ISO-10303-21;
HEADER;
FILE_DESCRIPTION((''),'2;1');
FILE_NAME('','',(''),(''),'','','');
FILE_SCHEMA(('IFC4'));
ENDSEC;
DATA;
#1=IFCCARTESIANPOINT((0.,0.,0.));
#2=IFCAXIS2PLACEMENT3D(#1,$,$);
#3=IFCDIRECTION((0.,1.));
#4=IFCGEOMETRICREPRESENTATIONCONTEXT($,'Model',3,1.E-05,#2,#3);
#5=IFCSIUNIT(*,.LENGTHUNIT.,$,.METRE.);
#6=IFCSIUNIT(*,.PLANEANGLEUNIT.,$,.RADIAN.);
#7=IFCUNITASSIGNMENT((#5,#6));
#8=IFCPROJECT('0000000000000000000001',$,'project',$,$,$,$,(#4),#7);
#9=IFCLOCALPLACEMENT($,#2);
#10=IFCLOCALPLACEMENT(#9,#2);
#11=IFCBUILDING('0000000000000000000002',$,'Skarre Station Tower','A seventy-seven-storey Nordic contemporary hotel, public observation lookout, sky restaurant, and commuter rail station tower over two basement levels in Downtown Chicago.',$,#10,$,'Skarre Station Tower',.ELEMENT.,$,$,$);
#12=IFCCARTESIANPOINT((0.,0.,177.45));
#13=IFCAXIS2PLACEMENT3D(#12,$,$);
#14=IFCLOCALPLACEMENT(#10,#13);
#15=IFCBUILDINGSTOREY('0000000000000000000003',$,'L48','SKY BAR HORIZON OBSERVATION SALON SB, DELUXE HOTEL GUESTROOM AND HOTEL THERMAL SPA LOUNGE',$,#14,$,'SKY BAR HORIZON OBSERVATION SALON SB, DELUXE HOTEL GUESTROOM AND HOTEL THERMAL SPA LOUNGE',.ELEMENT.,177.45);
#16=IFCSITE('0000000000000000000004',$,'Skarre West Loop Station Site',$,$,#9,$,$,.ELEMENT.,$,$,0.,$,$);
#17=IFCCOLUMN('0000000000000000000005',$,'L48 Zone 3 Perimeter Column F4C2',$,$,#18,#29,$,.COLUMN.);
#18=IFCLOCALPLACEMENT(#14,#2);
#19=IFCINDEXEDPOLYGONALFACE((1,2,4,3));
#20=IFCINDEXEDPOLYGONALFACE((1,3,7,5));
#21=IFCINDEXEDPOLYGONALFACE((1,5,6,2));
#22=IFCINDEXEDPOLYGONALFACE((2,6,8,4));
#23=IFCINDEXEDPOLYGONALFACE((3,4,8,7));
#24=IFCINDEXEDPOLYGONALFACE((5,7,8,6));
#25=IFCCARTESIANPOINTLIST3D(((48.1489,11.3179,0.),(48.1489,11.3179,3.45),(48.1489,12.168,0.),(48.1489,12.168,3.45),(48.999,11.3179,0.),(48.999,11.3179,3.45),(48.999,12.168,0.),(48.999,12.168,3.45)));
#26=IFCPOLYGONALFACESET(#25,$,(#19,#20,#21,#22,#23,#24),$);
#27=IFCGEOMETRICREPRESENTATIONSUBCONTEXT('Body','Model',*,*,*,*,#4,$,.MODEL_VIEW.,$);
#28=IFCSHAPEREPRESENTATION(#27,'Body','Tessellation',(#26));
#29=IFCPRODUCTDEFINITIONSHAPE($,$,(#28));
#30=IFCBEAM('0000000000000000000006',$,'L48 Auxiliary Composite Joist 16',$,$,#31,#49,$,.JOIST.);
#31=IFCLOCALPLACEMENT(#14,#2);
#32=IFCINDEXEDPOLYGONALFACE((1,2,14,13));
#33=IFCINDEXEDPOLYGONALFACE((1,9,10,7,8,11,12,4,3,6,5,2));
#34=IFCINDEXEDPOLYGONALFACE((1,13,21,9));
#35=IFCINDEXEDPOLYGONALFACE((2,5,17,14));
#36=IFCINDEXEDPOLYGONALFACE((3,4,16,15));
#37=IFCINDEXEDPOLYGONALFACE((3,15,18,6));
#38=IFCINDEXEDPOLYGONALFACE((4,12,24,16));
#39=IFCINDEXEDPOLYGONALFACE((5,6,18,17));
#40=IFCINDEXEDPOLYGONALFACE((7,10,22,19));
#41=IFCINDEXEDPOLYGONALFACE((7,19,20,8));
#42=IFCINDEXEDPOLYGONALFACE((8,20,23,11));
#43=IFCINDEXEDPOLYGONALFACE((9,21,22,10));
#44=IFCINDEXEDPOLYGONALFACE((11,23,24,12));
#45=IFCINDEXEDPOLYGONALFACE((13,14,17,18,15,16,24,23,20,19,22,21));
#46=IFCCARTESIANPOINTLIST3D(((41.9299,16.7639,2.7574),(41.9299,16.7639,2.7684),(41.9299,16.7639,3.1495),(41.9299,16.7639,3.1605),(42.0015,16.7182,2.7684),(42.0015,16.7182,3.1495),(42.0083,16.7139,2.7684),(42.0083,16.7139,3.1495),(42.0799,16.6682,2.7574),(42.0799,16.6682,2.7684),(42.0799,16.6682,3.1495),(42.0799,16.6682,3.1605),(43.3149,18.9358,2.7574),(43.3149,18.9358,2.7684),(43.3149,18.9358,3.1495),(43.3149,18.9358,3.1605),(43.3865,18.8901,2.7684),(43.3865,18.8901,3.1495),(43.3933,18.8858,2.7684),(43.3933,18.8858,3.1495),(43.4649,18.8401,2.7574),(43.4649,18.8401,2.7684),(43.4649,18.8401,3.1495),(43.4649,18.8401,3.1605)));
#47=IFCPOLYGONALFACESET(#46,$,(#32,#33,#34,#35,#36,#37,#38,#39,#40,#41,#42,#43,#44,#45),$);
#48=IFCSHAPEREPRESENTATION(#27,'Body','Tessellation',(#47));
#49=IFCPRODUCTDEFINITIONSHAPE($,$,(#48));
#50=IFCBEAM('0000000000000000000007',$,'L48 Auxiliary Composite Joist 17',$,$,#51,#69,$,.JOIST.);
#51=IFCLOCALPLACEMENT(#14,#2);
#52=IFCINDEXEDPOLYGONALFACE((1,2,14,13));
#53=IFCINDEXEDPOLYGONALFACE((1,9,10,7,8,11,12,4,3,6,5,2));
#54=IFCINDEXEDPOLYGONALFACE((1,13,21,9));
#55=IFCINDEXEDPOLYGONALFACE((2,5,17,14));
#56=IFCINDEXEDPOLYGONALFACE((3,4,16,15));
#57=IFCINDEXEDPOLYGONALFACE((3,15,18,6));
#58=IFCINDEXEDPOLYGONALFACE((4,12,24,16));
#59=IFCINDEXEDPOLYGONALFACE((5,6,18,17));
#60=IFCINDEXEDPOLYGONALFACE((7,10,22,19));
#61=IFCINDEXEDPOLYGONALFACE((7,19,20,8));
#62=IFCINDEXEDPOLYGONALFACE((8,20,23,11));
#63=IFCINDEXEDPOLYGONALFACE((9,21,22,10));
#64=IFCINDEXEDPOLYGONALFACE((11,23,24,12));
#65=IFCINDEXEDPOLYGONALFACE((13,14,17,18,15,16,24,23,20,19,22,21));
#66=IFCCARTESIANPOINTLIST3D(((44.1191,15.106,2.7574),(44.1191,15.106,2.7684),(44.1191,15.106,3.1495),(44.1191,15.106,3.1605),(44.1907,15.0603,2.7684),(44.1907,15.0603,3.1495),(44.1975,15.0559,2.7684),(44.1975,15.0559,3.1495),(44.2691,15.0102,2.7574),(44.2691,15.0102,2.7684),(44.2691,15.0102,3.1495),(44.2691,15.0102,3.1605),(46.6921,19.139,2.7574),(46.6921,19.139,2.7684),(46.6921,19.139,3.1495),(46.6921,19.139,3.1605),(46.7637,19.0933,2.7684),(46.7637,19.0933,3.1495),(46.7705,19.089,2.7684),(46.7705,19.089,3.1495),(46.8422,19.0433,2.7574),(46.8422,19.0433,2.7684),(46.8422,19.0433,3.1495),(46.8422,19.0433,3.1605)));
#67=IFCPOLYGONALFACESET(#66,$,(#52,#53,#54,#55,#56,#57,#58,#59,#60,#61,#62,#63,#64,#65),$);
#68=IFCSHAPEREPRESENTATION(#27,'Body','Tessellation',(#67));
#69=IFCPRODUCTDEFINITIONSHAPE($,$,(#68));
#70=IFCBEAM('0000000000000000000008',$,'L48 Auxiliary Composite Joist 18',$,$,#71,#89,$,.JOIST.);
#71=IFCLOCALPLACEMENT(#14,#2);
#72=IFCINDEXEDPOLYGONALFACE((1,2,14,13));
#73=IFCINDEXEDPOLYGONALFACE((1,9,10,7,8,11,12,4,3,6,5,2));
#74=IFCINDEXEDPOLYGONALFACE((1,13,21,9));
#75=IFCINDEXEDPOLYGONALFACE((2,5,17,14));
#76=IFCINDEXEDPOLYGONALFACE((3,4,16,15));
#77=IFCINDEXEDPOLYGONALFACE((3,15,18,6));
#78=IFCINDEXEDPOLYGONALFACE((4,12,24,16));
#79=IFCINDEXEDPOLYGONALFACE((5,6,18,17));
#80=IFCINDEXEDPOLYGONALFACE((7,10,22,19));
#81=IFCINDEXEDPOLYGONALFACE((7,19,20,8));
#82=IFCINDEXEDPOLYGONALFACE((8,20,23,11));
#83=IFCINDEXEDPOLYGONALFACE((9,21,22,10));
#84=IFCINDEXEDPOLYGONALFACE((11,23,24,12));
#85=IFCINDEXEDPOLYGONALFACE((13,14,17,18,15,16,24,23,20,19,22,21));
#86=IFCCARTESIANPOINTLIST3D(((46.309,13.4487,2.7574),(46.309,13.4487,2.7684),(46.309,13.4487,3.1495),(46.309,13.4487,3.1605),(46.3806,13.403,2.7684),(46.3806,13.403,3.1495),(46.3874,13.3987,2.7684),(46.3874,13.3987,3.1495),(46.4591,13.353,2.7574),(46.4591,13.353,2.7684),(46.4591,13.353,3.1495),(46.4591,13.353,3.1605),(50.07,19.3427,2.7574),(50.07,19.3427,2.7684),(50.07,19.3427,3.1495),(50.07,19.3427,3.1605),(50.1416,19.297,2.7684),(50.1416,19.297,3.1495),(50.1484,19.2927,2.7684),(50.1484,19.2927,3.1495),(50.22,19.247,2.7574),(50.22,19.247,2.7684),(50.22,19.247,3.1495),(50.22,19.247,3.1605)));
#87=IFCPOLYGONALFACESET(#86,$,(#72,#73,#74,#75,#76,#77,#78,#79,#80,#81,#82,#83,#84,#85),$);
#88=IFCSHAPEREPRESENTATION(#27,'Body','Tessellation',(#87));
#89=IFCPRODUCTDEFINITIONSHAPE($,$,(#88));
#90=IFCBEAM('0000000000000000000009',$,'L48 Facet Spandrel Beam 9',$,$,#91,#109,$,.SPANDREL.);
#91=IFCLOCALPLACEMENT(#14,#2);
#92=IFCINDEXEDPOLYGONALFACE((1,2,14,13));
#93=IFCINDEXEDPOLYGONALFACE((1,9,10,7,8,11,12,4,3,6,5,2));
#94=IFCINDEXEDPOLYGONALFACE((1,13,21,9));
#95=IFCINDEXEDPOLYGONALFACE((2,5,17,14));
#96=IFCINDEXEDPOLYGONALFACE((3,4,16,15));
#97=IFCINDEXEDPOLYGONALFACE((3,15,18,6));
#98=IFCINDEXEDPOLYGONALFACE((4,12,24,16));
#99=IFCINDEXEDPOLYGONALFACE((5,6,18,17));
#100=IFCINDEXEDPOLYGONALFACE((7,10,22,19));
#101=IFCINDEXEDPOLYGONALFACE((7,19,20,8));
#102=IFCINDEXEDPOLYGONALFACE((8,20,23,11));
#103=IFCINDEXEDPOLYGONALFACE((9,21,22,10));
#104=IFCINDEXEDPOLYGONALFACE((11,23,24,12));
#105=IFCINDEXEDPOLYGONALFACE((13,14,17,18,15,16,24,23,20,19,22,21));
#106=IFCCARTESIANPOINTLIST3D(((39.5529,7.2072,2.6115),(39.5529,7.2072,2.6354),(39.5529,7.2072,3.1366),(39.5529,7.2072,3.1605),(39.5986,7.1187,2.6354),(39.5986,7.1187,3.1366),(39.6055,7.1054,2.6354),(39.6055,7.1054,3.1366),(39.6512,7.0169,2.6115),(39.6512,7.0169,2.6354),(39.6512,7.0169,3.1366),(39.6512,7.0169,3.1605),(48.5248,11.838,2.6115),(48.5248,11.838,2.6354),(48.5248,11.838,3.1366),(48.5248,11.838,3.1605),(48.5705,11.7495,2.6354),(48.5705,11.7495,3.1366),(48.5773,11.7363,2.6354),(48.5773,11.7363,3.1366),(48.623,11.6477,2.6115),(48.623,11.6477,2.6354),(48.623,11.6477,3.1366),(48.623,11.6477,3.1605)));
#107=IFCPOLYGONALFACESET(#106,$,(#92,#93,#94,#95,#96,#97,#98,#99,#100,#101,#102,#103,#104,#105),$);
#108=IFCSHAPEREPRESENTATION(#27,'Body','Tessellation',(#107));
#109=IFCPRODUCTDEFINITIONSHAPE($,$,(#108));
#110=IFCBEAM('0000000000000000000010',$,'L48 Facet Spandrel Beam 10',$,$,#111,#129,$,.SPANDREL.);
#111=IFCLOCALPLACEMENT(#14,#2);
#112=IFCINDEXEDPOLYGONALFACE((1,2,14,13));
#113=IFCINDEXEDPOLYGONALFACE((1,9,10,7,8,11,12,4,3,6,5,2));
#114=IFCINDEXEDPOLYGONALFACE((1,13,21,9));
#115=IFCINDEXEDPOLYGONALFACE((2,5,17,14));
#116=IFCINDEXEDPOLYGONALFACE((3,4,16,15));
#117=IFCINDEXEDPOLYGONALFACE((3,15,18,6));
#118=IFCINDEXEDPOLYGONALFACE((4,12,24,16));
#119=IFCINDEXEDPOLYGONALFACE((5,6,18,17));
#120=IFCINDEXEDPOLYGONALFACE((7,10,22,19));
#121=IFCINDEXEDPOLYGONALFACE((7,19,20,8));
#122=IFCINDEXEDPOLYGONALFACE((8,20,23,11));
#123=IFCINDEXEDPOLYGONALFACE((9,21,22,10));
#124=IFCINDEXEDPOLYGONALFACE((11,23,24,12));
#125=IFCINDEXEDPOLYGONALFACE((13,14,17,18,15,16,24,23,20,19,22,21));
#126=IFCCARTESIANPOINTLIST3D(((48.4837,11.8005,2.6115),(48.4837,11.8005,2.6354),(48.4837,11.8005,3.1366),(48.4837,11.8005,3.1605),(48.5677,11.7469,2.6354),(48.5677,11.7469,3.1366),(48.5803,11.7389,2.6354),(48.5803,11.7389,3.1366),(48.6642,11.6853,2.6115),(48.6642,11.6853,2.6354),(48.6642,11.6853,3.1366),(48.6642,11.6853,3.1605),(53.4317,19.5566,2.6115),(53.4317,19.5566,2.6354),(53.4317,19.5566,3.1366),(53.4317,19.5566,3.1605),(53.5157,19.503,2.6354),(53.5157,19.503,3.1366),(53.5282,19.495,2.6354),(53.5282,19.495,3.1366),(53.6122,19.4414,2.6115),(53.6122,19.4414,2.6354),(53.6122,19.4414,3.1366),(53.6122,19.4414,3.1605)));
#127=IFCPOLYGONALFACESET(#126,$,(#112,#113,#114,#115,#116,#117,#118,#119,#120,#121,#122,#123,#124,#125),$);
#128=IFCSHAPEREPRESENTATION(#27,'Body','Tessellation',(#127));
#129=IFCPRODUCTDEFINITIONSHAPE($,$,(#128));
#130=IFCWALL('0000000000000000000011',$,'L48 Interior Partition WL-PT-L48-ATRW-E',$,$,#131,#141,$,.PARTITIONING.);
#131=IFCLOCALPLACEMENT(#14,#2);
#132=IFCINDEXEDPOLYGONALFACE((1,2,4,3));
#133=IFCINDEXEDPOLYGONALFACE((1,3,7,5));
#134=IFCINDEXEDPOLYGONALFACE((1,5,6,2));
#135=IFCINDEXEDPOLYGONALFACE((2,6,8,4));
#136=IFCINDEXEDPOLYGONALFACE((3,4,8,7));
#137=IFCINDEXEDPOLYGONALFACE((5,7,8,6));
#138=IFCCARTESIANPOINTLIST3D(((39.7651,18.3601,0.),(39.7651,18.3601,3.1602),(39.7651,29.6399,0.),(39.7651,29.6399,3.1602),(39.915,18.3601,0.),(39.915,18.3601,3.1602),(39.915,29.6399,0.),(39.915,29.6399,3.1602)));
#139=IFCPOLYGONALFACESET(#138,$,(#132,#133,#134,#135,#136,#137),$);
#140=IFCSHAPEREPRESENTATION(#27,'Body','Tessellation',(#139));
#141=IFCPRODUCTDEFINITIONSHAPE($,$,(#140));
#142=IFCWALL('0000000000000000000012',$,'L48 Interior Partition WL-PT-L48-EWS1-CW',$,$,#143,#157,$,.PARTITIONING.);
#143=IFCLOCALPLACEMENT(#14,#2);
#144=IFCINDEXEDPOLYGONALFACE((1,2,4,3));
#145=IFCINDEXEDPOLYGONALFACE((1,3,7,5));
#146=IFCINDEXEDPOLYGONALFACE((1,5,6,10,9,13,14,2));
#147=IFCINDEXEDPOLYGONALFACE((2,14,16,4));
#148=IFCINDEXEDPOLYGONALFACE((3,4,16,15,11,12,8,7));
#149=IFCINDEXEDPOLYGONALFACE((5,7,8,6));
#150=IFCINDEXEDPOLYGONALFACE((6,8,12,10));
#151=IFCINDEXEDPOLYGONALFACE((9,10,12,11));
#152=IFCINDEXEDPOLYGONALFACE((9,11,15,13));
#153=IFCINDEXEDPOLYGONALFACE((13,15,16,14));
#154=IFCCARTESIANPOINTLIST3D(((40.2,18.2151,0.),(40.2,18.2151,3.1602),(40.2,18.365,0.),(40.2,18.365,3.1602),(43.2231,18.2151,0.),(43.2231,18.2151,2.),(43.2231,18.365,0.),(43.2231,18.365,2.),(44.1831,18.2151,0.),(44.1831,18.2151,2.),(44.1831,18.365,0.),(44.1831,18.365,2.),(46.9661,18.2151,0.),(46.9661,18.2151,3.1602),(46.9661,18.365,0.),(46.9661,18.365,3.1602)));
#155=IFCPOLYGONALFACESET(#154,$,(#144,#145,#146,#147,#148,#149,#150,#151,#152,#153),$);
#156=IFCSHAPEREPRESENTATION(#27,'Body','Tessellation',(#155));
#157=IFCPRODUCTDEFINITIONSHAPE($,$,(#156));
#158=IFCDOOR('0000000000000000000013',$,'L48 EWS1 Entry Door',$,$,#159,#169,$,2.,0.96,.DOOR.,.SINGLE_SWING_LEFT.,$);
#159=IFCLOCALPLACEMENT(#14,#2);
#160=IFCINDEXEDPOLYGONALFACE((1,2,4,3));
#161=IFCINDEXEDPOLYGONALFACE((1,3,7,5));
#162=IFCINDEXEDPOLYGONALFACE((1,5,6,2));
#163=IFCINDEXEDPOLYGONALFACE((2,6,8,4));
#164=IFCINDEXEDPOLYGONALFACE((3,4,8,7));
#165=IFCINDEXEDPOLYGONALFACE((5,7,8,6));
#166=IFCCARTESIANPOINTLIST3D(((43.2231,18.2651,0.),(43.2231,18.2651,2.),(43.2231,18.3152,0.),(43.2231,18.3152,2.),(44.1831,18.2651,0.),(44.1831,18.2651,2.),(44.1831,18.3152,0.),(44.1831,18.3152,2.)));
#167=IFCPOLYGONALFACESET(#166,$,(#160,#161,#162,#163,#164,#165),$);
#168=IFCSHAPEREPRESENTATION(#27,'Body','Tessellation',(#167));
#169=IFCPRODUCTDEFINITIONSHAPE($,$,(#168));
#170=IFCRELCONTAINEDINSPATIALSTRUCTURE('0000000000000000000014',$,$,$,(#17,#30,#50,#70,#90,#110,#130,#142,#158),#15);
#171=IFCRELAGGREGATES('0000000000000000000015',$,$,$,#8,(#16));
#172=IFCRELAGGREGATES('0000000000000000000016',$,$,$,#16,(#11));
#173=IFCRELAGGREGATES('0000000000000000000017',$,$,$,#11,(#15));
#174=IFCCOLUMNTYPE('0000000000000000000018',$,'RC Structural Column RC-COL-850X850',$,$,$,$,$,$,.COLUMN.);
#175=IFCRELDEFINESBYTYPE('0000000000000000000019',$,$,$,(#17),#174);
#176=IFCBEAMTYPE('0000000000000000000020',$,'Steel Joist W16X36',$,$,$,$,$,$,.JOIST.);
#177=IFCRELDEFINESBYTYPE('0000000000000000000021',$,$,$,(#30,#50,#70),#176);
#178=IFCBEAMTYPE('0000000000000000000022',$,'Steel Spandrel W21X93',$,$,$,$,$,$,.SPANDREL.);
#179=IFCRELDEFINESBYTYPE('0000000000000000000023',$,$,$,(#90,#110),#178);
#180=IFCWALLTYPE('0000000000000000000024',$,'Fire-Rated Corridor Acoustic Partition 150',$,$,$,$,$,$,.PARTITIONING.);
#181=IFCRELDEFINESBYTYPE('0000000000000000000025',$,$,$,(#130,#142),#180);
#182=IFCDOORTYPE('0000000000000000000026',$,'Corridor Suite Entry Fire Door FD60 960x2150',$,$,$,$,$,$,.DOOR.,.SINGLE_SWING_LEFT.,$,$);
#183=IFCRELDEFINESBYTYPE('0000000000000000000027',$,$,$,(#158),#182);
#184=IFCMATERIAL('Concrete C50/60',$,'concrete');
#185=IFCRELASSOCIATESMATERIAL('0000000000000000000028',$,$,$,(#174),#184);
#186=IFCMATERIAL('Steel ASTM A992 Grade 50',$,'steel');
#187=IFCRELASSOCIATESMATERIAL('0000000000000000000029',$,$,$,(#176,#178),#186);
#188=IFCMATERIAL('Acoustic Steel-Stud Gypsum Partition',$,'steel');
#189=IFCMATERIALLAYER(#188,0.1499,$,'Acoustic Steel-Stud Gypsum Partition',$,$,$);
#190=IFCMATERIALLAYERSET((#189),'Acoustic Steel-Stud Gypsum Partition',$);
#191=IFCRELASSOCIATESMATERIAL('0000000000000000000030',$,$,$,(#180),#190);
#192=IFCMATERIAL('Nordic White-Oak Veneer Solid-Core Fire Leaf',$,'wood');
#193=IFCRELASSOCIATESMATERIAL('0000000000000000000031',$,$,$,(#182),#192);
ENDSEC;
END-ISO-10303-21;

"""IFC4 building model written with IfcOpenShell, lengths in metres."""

from ifc_helpers import new_model, si_unit, direction, frame, frame_2d, origin, origin_2d, place, context, subcontext, project, spatial, rectangle, i_section, extrude, material, layer, layer_set, material_profile, profile_set, type_object, element, fill, save


model = new_model("IFC4")

# Units and contexts
model_context = context("Model", 3, precision=1e-05, world=origin(), true_north=direction((0.0, 1.0)))
body_context = subcontext(model_context, "Body", "Model", "MODEL_VIEW")
ifc_project = project(units=[si_unit("LENGTHUNIT", "METRE"), si_unit("PLANEANGLEUNIT", "RADIAN")], contexts=[model_context])

# Site, building, storey
site_placement = place(None, origin())
site = spatial("IfcSite", under=ifc_project, at=site_placement, Name="Skarre West Loop Station Site", CompositionType="ELEMENT", RefElevation=0.0)
building_placement = place(site_placement, origin())
building = spatial("IfcBuilding", under=site, at=building_placement, Name="Skarre Station Tower", Description="A seventy-seven-storey Nordic contemporary hotel, public observation lookout, sky restaurant, and commuter rail station tower over two basement levels in Downtown Chicago.", LongName="Skarre Station Tower", CompositionType="ELEMENT")
storey_placement = place(building_placement, frame((0.0, 0.0, 177.45)))
storey = spatial("IfcBuildingStorey", under=building, at=storey_placement, Name="L48", Description="SKY BAR HORIZON OBSERVATION SALON SB, DELUXE HOTEL GUESTROOM AND HOTEL THERMAL SPA LOUNGE", LongName="SKY BAR HORIZON OBSERVATION SALON SB, DELUXE HOTEL GUESTROOM AND HOTEL THERMAL SPA LOUNGE", CompositionType="ELEMENT", Elevation=177.45)

# Column
ifc_material_1 = material(Name="Concrete C50/60", Category="concrete")
ifc_material_profile_1 = material_profile(ifc_material_1, rectangle(XDim=0.8501, YDim=0.8501, at=origin_2d()), Name="Concrete C50/60")
ifc_profile_set_1 = profile_set([ifc_material_profile_1], Name="Concrete C50/60")
column_type = type_object("IfcColumnType", Name="RC Structural Column RC-COL-850X850", PredefinedType="COLUMN", material=ifc_profile_set_1)
column_placement = place(storey_placement, frame((48.574, 11.7429, 0.0), z_axis=(0.0, 0.0, 1.0), x_axis=(1.0, 0.0, 0.0)))
element("IfcColumn", 1, at=column_placement, inside=storey, type_object=column_type, Name="L48 Zone 3 Perimeter Column F4C2", PredefinedType="COLUMN", context=body_context, shape_type="SweptSolid", body=[
    extrude(rectangle(XDim=0.8501, YDim=0.8501, at=origin_2d()), origin(), (0.0, 0.0, 1.0), 3.45),
])

# Beams
ifc_material_2 = material(Name="Steel ASTM A992 Grade 50", Category="steel")
ifc_material_profile_2 = material_profile(ifc_material_2, i_section(OverallWidth=0.178, OverallDepth=0.4031, WebThickness=0.0081, FlangeThickness=0.011, at=origin_2d()), Name="Steel ASTM A992 Grade 50")
ifc_profile_set_2 = profile_set([ifc_material_profile_2], Name="Steel ASTM A992 Grade 50")
beam_type_1 = type_object("IfcBeamType", Name="Steel Joist W16X36", PredefinedType="JOIST", material=ifc_profile_set_2)
beam_1_placement = place(storey_placement, frame((42.0049, 16.7161, 2.959), z_axis=(0.537679, 0.84315, 0.0), x_axis=(-0.84315, 0.537679, 0.0)))
element("IfcBeam", 2, at=beam_1_placement, inside=storey, type_object=beam_type_1, Name="L48 Auxiliary Composite Joist 16", PredefinedType="JOIST", context=body_context, shape_type="SweptSolid", body=[
    extrude(i_section(OverallWidth=0.178, OverallDepth=0.4031, WebThickness=0.0081, FlangeThickness=0.011, at=origin_2d()), origin(), (0.0, 0.0, 1.0), 2.5759),
])
beam_2_placement = place(storey_placement, frame((44.1941, 15.0581, 2.959), z_axis=(0.537853, 0.843039, 0.0), x_axis=(-0.843039, 0.537853, 0.0)))
element("IfcBeam", 3, at=beam_2_placement, inside=storey, type_object=beam_type_1, Name="L48 Auxiliary Composite Joist 17", PredefinedType="JOIST", context=body_context, shape_type="SweptSolid", body=[
    extrude(i_section(OverallWidth=0.178, OverallDepth=0.4031, WebThickness=0.0081, FlangeThickness=0.011, at=origin_2d()), origin(), (0.0, 0.0, 1.0), 4.7839),
])
beam_3_placement = place(storey_placement, frame((46.384, 13.4009, 2.959), z_axis=(0.537917, 0.842998, 0.0), x_axis=(-0.842998, 0.537917, 0.0)))
element("IfcBeam", 4, at=beam_3_placement, inside=storey, type_object=beam_type_1, Name="L48 Auxiliary Composite Joist 18", PredefinedType="JOIST", context=body_context, shape_type="SweptSolid", body=[
    extrude(i_section(OverallWidth=0.178, OverallDepth=0.4031, WebThickness=0.0081, FlangeThickness=0.011, at=origin_2d()), origin(), (0.0, 0.0, 1.0), 6.9917),
])
ifc_material_profile_3 = material_profile(ifc_material_2, i_section(OverallWidth=0.2141, OverallDepth=0.5491, WebThickness=0.0149, FlangeThickness=0.0239, at=origin_2d()), Name="Steel ASTM A992 Grade 50")
ifc_profile_set_3 = profile_set([ifc_material_profile_3], Name="Steel ASTM A992 Grade 50")
beam_type_2 = type_object("IfcBeamType", Name="Steel Spandrel W21X93", PredefinedType="SPANDREL", material=ifc_profile_set_3)
beam_4_placement = place(storey_placement, frame((39.6021, 7.1121, 2.886), z_axis=(0.888613, 0.458658, 0.0), x_axis=(-0.458658, 0.888613, 0.0)))
element("IfcBeam", 5, at=beam_4_placement, inside=storey, type_object=beam_type_2, Name="L48 Facet Spandrel Beam 9", PredefinedType="SPANDREL", context=body_context, shape_type="SweptSolid", body=[
    extrude(i_section(OverallWidth=0.2141, OverallDepth=0.5491, WebThickness=0.0149, FlangeThickness=0.0239, at=origin_2d()), origin(), (0.0, 0.0, 1.0), 10.0964),
])
beam_5_placement = place(storey_placement, frame((48.574, 11.7429, 2.886), z_axis=(0.537826, 0.843056, 0.0), x_axis=(-0.843056, 0.537826, 0.0)))
element("IfcBeam", 6, at=beam_5_placement, inside=storey, type_object=beam_type_2, Name="L48 Facet Spandrel Beam 10", PredefinedType="SPANDREL", context=body_context, shape_type="SweptSolid", body=[
    extrude(i_section(OverallWidth=0.2141, OverallDepth=0.5491, WebThickness=0.0149, FlangeThickness=0.0239, at=origin_2d()), origin(), (0.0, 0.0, 1.0), 9.2),
])

# Wall
ifc_material_3 = material(Name="Acoustic Steel-Stud Gypsum Partition", Category="steel")
ifc_layer_1 = layer(ifc_material_3, 0.1499, Name="Acoustic Steel-Stud Gypsum Partition")
ifc_layer_set_1 = layer_set([ifc_layer_1], Name="Acoustic Steel-Stud Gypsum Partition")
wall_type_1 = type_object("IfcWallType", Name="Fire-Rated Corridor Acoustic Partition 150", PredefinedType="PARTITIONING", material=ifc_layer_set_1)
wall_1_placement = place(storey_placement, frame((39.8401, 18.3601, 0.0), z_axis=(0.0, 0.0, 1.0), x_axis=(0.0, 1.0, 0.0)))
element("IfcWall", 7, at=wall_1_placement, inside=storey, type_object=wall_type_1, Name="L48 Interior Partition WL-PT-L48-ATRW-E", PredefinedType="PARTITIONING", context=body_context, shape_type="SweptSolid", body=[
    extrude(rectangle(XDim=11.2798, YDim=0.1499, at=frame_2d((5.6399, 0.0))), origin(), (0.0, 0.0, 1.0), 3.1602),
])

# Wall, opening, door
wall_2_placement = place(storey_placement, frame((46.9661, 18.29, 0.0), z_axis=(0.0, 0.0, 1.0), x_axis=(-1.0, 0.0, 0.0)))
wall_2 = element("IfcWall", 8, at=wall_2_placement, inside=storey, type_object=wall_type_1, Name="L48 Interior Partition WL-PT-L48-EWS1-CW", PredefinedType="PARTITIONING", context=body_context, shape_type="SweptSolid", body=[
    extrude(rectangle(XDim=6.7661, YDim=0.1499, at=frame_2d((3.3831, 0.0))), origin(), (0.0, 0.0, 1.0), 3.1602),
])
opening_1_placement = place(wall_2_placement, frame((2.783, 0.0, 0.0)))
opening_1 = element("IfcOpeningElement", 9, at=opening_1_placement, cuts=wall_2, PredefinedType="OPENING", context=body_context, shape_type="SweptSolid", body=[
    extrude(rectangle(XDim=0.96, YDim=2.0, at=frame_2d((0.48, 1.0))), frame((0.0, 0.085, 0.0), z_axis=(0.0, -1.0, 0.0), x_axis=(1.0, 0.0, 0.0)), (0.0, 0.0, 1.0), 0.1699),
])
ifc_material_4 = material(Name="Nordic White-Oak Veneer Solid-Core Fire Leaf", Category="wood")
door_type = type_object("IfcDoorType", Name="Corridor Suite Entry Fire Door FD60 960x2150", OperationType="SINGLE_SWING_LEFT", PredefinedType="DOOR", material=ifc_material_4)
door_1_placement = place(opening_1_placement, origin())
door_1 = element("IfcDoor", 10, at=door_1_placement, inside=storey, type_object=door_type, Name="L48 EWS1 Entry Door", OperationType="SINGLE_SWING_LEFT", OverallHeight=2.0, OverallWidth=0.96, PredefinedType="DOOR", context=body_context, shape_type="SweptSolid", body=[
    extrude(rectangle(XDim=0.96, YDim=2.0, at=frame_2d((0.48, 1.0))), frame((0.0, 0.0249, 0.0), z_axis=(0.0, -1.0, 0.0), x_axis=(1.0, 0.0, 0.0)), (0.0, 0.0, 1.0), 0.05),
])
fill(opening_1, door_1)

save(model, "model.ifc")
